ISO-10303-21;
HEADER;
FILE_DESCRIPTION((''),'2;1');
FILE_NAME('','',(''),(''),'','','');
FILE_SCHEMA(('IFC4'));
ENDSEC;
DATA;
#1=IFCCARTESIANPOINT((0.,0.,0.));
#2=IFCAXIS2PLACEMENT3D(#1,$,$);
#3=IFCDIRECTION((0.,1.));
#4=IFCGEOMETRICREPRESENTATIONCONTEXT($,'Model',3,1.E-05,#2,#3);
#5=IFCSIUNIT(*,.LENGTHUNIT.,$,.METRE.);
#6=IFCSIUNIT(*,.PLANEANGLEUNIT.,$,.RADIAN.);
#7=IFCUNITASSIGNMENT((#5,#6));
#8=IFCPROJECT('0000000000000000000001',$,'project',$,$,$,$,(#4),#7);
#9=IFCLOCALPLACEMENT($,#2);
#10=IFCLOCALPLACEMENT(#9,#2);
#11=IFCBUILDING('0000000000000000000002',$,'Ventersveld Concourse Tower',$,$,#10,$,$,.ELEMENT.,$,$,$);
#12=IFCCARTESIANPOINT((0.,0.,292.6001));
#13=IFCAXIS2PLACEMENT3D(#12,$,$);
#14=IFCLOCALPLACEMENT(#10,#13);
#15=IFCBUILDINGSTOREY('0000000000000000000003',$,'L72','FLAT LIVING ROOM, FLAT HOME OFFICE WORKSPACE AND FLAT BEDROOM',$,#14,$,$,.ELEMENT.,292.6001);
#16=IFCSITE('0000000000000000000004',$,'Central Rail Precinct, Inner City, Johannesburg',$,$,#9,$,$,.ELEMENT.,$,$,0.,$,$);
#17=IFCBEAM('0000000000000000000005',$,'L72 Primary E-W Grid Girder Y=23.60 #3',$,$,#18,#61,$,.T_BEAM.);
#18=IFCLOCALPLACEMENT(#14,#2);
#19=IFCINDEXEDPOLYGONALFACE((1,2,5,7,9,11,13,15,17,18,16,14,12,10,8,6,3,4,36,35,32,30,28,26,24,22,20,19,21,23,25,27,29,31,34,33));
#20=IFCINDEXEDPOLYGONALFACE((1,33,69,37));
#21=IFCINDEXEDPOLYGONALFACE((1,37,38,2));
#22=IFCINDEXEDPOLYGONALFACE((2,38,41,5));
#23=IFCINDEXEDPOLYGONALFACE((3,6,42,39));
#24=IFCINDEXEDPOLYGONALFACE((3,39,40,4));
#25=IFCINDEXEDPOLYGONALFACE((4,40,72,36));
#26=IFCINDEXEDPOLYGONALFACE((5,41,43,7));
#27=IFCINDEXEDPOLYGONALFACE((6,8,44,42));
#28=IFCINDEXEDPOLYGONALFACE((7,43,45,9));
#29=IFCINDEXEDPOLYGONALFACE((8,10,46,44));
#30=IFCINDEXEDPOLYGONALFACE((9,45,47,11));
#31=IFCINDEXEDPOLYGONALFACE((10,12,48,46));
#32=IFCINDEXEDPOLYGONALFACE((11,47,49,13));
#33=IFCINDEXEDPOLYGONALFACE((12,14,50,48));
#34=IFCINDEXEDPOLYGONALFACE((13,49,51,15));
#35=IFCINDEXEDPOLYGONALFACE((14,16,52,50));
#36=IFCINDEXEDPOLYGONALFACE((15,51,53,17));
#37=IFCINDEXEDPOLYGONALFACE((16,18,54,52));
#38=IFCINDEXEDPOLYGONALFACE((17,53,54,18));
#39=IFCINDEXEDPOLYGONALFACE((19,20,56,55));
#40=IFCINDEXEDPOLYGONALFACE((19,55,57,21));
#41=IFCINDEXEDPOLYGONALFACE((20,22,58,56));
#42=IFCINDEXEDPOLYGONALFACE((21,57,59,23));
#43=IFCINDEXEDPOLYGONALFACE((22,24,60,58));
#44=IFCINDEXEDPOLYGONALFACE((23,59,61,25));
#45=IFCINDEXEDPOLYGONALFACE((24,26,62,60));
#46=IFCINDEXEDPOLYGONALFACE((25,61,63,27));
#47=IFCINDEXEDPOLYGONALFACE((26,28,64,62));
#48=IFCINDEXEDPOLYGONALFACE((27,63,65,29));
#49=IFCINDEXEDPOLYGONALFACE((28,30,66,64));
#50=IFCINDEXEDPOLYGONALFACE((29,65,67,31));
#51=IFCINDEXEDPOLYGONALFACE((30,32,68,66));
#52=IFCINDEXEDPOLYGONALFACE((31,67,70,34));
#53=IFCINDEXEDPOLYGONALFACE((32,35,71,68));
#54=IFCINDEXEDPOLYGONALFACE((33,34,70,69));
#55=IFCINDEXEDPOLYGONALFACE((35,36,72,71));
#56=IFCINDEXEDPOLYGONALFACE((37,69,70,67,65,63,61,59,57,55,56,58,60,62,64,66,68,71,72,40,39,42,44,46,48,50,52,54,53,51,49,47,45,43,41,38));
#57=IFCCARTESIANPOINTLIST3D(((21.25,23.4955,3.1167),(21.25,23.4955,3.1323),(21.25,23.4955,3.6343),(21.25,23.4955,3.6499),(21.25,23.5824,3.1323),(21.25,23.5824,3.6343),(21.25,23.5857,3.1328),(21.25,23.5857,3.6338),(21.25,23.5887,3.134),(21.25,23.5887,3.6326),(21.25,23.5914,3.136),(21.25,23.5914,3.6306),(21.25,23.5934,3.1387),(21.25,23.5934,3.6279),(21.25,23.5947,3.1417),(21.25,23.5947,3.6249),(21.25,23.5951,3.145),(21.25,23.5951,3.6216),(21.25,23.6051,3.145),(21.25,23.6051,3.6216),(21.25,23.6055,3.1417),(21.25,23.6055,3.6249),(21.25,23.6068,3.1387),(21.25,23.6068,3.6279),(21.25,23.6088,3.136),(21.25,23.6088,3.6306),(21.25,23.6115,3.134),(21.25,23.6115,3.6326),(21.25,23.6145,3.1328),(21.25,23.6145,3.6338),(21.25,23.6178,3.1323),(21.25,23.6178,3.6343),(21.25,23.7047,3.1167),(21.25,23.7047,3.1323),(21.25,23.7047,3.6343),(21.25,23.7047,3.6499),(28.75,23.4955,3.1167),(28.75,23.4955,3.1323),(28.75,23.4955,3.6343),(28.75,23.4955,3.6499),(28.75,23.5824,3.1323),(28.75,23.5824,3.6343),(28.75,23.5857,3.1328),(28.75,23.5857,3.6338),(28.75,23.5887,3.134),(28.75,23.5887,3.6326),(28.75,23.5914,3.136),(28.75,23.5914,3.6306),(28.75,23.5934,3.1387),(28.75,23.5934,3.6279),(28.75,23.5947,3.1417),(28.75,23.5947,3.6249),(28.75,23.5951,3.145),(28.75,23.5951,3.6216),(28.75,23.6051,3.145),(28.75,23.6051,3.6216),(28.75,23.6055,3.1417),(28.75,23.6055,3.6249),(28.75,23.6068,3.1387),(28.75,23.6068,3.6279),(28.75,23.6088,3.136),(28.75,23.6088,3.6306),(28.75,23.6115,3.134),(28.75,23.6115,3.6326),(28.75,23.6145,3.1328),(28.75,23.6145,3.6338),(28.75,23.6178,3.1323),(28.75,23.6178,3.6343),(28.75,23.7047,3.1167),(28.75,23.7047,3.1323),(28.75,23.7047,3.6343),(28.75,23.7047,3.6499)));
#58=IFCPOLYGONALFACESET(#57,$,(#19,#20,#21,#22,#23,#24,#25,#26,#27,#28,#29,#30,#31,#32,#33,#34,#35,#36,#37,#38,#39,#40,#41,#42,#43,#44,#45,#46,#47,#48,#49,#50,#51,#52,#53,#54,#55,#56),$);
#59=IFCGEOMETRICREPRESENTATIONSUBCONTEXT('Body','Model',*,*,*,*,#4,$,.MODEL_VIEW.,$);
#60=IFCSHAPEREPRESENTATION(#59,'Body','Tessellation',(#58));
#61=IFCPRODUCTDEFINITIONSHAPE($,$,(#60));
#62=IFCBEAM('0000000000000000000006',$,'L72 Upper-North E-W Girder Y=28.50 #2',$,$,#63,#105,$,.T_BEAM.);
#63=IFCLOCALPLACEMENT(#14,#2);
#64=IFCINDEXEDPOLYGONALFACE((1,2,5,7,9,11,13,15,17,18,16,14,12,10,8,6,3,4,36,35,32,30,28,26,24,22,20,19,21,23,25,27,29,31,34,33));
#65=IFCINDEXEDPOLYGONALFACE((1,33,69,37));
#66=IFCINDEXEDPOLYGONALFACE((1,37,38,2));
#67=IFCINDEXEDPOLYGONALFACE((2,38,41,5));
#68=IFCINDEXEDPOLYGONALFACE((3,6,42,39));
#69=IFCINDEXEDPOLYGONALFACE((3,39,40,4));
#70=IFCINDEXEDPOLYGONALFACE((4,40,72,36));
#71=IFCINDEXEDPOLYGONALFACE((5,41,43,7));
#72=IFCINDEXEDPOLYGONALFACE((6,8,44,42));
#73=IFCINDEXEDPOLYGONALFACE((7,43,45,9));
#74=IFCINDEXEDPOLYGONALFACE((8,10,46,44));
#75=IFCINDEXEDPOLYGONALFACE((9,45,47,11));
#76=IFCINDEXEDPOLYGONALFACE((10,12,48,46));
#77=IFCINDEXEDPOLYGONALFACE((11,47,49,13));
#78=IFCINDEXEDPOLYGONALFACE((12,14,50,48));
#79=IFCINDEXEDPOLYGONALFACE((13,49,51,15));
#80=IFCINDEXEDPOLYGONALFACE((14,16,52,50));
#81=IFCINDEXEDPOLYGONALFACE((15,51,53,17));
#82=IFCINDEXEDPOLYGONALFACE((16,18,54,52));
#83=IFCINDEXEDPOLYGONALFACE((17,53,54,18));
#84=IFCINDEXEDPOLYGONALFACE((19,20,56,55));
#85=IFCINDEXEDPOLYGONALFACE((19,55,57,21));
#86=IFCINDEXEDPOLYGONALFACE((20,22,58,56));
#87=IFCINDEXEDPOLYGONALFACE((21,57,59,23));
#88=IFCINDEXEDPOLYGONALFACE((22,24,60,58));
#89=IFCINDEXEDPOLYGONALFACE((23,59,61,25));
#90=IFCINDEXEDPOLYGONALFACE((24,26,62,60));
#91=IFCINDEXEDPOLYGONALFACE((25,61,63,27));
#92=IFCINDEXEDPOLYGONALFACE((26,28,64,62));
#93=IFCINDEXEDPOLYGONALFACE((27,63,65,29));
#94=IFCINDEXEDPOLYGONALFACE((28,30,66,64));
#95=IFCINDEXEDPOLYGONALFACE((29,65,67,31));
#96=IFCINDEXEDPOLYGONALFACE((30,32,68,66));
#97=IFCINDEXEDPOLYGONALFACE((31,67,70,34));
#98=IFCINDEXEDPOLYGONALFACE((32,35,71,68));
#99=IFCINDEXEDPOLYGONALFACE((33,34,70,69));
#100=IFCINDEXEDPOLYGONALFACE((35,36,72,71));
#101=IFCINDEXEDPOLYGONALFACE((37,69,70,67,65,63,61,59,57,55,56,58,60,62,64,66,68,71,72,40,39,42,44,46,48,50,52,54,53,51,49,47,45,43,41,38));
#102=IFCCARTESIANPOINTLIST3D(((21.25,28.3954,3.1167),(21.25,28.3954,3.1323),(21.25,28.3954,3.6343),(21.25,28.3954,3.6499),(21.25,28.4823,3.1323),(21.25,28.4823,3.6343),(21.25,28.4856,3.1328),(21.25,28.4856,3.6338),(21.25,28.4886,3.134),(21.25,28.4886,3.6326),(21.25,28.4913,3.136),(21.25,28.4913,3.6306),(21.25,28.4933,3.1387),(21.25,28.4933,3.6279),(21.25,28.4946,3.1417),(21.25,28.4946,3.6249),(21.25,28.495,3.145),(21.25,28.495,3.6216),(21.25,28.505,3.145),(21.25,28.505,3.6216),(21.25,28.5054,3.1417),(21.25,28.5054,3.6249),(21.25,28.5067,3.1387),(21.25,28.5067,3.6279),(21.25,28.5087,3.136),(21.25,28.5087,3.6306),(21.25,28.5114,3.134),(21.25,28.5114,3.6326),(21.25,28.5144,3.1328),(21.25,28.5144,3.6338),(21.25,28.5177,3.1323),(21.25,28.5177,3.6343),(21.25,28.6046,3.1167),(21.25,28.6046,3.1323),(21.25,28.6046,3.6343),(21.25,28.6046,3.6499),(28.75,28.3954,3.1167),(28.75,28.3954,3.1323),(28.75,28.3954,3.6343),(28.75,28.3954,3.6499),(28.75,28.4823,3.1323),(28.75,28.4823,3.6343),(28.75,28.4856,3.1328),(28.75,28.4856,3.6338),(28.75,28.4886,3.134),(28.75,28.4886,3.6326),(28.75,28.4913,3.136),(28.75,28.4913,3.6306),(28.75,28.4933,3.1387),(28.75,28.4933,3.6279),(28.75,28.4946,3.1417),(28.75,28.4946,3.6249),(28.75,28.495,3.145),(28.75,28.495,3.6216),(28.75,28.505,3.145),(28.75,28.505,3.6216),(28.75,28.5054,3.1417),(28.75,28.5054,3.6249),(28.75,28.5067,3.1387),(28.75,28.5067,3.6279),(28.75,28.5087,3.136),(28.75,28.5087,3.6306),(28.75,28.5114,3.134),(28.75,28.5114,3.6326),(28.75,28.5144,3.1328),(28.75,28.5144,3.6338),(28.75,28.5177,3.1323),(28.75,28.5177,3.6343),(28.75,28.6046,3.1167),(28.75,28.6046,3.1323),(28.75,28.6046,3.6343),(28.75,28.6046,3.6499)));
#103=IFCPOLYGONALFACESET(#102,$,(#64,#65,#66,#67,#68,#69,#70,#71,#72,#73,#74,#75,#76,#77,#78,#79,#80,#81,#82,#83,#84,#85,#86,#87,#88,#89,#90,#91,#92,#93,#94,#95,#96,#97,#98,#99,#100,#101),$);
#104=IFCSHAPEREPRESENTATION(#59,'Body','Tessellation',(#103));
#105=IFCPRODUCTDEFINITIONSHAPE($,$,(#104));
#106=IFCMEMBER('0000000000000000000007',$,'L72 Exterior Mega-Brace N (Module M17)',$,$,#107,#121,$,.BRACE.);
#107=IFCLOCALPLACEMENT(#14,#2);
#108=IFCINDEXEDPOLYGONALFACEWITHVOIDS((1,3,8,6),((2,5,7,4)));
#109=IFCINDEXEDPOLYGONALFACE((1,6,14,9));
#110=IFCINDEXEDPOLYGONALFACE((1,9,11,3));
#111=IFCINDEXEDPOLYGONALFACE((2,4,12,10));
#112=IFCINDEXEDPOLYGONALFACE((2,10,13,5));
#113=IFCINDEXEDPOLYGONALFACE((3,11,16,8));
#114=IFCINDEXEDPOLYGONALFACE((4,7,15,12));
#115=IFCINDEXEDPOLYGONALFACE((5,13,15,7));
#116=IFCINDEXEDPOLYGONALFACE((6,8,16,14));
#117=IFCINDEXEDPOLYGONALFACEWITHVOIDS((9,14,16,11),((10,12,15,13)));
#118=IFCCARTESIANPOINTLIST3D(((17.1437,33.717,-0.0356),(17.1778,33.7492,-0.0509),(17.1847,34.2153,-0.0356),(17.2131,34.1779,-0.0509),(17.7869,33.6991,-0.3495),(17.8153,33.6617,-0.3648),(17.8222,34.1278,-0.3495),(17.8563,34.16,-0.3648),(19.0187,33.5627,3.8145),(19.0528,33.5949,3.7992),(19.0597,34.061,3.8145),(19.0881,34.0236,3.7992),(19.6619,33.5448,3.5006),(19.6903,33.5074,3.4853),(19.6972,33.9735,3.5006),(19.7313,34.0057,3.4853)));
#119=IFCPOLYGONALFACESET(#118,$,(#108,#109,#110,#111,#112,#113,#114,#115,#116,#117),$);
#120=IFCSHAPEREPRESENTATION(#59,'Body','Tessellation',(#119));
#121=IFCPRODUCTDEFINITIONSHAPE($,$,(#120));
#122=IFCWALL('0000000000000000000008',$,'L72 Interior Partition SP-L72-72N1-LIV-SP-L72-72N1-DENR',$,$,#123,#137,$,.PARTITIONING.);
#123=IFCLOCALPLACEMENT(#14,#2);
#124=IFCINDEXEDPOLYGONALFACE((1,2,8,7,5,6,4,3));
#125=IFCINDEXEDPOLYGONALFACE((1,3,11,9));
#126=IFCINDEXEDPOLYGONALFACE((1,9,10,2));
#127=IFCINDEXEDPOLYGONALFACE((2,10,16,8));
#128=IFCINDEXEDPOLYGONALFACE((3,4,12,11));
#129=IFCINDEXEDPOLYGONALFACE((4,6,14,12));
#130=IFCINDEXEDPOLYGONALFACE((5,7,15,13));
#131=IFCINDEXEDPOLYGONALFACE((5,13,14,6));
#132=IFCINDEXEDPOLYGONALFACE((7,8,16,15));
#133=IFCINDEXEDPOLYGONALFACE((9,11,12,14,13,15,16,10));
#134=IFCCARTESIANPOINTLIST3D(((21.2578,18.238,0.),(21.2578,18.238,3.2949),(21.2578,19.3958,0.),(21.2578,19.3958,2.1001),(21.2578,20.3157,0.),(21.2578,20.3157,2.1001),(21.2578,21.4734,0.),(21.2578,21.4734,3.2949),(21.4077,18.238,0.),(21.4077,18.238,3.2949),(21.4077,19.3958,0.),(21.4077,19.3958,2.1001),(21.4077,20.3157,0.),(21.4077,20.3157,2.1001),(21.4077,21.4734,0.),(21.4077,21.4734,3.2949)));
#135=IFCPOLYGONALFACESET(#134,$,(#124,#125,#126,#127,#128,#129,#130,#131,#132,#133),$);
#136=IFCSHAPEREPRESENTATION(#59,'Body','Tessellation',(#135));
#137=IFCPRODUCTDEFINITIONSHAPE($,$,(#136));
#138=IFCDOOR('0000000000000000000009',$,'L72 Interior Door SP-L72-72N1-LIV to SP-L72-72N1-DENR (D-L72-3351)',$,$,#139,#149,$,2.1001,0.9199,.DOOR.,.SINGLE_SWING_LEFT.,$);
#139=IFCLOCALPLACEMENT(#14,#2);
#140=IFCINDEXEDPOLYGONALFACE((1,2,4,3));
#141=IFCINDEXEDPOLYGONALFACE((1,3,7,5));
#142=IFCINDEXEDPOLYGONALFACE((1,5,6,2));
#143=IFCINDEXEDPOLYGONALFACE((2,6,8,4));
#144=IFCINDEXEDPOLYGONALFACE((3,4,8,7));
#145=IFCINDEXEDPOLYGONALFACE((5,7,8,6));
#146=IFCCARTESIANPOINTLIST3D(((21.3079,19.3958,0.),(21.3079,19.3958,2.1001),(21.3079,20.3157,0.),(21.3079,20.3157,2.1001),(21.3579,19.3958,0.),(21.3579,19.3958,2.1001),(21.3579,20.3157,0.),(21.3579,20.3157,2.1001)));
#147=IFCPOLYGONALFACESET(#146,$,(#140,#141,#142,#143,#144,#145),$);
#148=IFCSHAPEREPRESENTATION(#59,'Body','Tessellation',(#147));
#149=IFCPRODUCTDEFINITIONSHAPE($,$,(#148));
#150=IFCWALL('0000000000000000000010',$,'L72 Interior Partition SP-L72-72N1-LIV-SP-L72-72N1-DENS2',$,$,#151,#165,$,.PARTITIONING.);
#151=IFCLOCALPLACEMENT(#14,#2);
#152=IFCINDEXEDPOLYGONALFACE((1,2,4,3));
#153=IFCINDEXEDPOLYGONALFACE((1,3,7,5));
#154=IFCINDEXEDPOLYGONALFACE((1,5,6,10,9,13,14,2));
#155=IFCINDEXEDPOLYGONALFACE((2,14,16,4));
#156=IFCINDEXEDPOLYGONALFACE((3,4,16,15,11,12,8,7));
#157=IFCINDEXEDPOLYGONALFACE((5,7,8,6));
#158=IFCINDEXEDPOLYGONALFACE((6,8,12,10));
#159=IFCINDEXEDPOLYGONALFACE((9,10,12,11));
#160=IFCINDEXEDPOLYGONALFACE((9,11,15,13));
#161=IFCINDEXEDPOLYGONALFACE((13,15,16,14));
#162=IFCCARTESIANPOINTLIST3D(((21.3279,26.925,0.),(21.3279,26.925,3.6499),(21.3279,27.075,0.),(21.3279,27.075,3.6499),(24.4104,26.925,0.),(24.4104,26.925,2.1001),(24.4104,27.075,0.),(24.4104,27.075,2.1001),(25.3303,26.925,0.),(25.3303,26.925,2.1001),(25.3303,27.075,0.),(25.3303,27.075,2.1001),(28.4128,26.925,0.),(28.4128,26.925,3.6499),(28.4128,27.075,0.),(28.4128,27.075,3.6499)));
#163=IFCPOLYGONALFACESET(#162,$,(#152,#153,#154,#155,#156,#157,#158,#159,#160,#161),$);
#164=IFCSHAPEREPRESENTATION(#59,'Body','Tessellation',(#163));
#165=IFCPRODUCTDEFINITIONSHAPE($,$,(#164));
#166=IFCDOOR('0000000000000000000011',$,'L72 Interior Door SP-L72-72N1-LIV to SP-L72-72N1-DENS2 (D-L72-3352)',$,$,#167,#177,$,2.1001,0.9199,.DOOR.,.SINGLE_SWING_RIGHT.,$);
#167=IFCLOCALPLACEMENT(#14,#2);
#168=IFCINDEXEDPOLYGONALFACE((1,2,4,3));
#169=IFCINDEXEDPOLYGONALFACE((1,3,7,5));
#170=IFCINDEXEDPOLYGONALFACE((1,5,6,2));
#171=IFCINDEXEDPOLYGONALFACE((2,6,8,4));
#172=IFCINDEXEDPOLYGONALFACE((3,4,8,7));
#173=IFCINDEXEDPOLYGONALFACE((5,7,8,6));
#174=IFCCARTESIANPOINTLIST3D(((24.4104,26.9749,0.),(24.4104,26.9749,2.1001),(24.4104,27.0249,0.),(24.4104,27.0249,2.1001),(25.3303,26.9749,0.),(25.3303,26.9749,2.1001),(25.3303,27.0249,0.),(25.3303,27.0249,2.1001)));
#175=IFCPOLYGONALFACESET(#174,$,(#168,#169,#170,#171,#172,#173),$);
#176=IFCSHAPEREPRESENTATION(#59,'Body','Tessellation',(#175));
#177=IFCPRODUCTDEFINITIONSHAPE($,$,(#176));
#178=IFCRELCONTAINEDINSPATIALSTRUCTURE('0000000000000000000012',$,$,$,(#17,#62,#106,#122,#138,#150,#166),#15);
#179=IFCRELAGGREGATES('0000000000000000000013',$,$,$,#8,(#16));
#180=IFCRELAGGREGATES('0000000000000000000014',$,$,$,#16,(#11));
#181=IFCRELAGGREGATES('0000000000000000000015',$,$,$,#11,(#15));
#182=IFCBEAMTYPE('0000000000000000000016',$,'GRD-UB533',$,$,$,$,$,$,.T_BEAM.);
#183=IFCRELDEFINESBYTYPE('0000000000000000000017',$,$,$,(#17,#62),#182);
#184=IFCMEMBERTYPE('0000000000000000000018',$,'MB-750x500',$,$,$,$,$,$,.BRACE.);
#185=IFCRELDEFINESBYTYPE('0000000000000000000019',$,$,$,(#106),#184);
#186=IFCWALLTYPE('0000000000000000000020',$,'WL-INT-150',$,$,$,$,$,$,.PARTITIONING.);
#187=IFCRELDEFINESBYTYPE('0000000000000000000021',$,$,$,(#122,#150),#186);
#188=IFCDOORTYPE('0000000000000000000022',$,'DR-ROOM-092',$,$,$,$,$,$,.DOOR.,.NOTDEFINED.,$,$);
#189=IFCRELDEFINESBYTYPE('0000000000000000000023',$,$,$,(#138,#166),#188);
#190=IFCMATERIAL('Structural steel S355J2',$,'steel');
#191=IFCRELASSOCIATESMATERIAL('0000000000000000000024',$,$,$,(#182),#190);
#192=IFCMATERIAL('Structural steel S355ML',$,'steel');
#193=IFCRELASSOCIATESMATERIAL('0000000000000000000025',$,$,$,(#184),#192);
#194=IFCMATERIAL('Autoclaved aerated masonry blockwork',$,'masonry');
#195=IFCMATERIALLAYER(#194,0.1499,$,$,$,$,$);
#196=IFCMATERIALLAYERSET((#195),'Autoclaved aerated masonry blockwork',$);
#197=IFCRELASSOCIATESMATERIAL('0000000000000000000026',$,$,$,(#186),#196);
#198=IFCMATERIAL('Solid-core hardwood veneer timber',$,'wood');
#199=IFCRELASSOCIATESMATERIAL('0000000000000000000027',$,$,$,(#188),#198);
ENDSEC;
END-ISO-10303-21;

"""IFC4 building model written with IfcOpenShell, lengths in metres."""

from ifc_helpers import new_model, si_unit, direction, frame, frame_2d, origin, origin_2d, place, context, subcontext, project, spatial, rectangle, hollow_rectangle, i_section, extrude, material, layer, layer_set, material_profile, profile_set, type_object, element, fill, save


model = new_model("IFC4")

# Units and contexts
model_context = context("Model", 3, precision=1e-05, world=origin(), true_north=direction((0.0, 1.0)))
body_context = subcontext(model_context, "Body", "Model", "MODEL_VIEW")
ifc_project = project(units=[si_unit("LENGTHUNIT", "METRE"), si_unit("PLANEANGLEUNIT", "RADIAN")], contexts=[model_context])

# Site, building, storey
site_placement = place(None, origin())
site = spatial("IfcSite", under=ifc_project, at=site_placement, Name="Central Rail Precinct, Inner City, Johannesburg", CompositionType="ELEMENT", RefElevation=0.0)
building_placement = place(site_placement, origin())
building = spatial("IfcBuilding", under=site, at=building_placement, Name="Ventersveld Concourse Tower", CompositionType="ELEMENT")
storey_placement = place(building_placement, frame((0.0, 0.0, 292.6001)))
storey = spatial("IfcBuildingStorey", under=building, at=storey_placement, Name="L72", Description="FLAT LIVING ROOM, FLAT HOME OFFICE WORKSPACE AND FLAT BEDROOM", CompositionType="ELEMENT", Elevation=292.6001)

# Beams
ifc_material_1 = material(Name="Structural steel S355J2", Category="steel")
ifc_material_profile_1 = material_profile(ifc_material_1, i_section(OverallWidth=0.2092, OverallDepth=0.5332, WebThickness=0.01, FlangeThickness=0.0156, FilletRadius=0.0127, at=origin_2d()), Name="UB 533x210x92")
ifc_profile_set_1 = profile_set([ifc_material_profile_1], Name="Structural steel S355J2")
beam_type_1 = type_object("IfcBeamType", Name="GRD-UB533", PredefinedType="T_BEAM", material=ifc_profile_set_1)
for number, where, z_axis, x_axis, name in (
    (1, (21.25, 23.6001, 3.3833), (1.0, 0.0, 0.0), (0.0, 1.0, 0.0), "L72 Primary E-W Grid Girder Y=23.60 #3"),
    (2, (21.25, 28.5, 3.3833), (1.0, 0.0, 0.0), (0.0, 1.0, 0.0), "L72 Upper-North E-W Girder Y=28.50 #2"),
):
    element("IfcBeam", number, at=place(storey_placement, frame(where, z_axis=z_axis, x_axis=x_axis)), inside=storey, type_object=beam_type_1, Name=name, PredefinedType="T_BEAM", context=body_context, shape_type="SweptSolid", body=[
        extrude(i_section(OverallWidth=0.2092, OverallDepth=0.5332, WebThickness=0.01, FlangeThickness=0.0156, FilletRadius=0.0127, at=origin_2d()), origin(), (0.0, 0.0, 1.0), 7.5),
    ])

# Member
ifc_material_2 = material(Name="Structural steel S355ML", Category="steel")
ifc_material_profile_2 = material_profile(ifc_material_2, hollow_rectangle(XDim=0.5, YDim=0.75, WallThickness=0.0349, at=origin_2d()), Name="BOX 750x500x35")
ifc_profile_set_2 = profile_set([ifc_material_profile_2], Name="Structural steel S355ML")
member_type = type_object("IfcMemberType", Name="MB-750x500", PredefinedType="BRACE", material=ifc_profile_set_2)
member_placement = place(storey_placement, frame((17.5, 33.9385, -0.2002), z_axis=(0.437556, -0.036007, 0.89847), x_axis=(0.082014, 0.996631, 0.0)))
element("IfcMember", 3, at=member_placement, inside=storey, type_object=member_type, Name="L72 Exterior Mega-Brace N (Module M17)", PredefinedType="BRACE", context=body_context, shape_type="SweptSolid", body=[
    extrude(hollow_rectangle(XDim=0.5, YDim=0.75, WallThickness=0.0349, at=origin_2d()), origin(), (0.0, 0.0, 1.0), 4.2852),
])

# Walls, openings, doors
ifc_material_3 = material(Name="Autoclaved aerated masonry blockwork", Category="masonry")
ifc_layer = layer(ifc_material_3, 0.1499)
ifc_layer_set = layer_set([ifc_layer], Name="Autoclaved aerated masonry blockwork")
wall_type = type_object("IfcWallType", Name="WL-INT-150", PredefinedType="PARTITIONING", material=ifc_layer_set)
wall_1_placement = place(storey_placement, frame((21.3328, 18.238, 0.0), z_axis=(0.0, 0.0, 1.0), x_axis=(0.0, 1.0, 0.0)))
wall_1 = element("IfcWall", 4, at=wall_1_placement, inside=storey, type_object=wall_type, Name="L72 Interior Partition SP-L72-72N1-LIV-SP-L72-72N1-DENR", PredefinedType="PARTITIONING", context=body_context, shape_type="SweptSolid", body=[
    extrude(rectangle(XDim=3.2354, YDim=0.1499, at=frame_2d((1.6177, 0.0))), origin(), (0.0, 0.0, 1.0), 3.2949),
])
opening_1_placement = place(wall_1_placement, frame((1.1577, 0.0, 0.0)))
opening_1 = element("IfcOpeningElement", 5, at=opening_1_placement, cuts=wall_1, PredefinedType="OPENING", context=body_context, shape_type="SweptSolid", body=[
    extrude(rectangle(XDim=0.9199, YDim=2.1001, at=frame_2d((0.46, 1.05))), frame((0.0, 0.085, 0.0), z_axis=(0.0, -1.0, 0.0), x_axis=(1.0, 0.0, 0.0)), (0.0, 0.0, 1.0), 0.1699),
])
ifc_material_4 = material(Name="Solid-core hardwood veneer timber", Category="wood")
door_type = type_object("IfcDoorType", Name="DR-ROOM-092", OperationType="NOTDEFINED", PredefinedType="DOOR", material=ifc_material_4)
door_1_placement = place(opening_1_placement, origin())
door_1 = element("IfcDoor", 6, at=door_1_placement, inside=storey, type_object=door_type, Name="L72 Interior Door SP-L72-72N1-LIV to SP-L72-72N1-DENR (D-L72-3351)", OperationType="SINGLE_SWING_LEFT", OverallHeight=2.1001, OverallWidth=0.9199, PredefinedType="DOOR", context=body_context, shape_type="SweptSolid", body=[
    extrude(rectangle(XDim=0.9199, YDim=2.1001, at=frame_2d((0.46, 1.05))), frame((0.0, 0.0249, 0.0), z_axis=(0.0, -1.0, 0.0), x_axis=(1.0, 0.0, 0.0)), (0.0, 0.0, 1.0), 0.05),
])
fill(opening_1, door_1)
wall_2_placement = place(storey_placement, frame((21.3279, 27.0, 0.0), z_axis=(0.0, 0.0, 1.0), x_axis=(1.0, 0.0, 0.0)))
wall_2 = element("IfcWall", 7, at=wall_2_placement, inside=storey, type_object=wall_type, Name="L72 Interior Partition SP-L72-72N1-LIV-SP-L72-72N1-DENS2", PredefinedType="PARTITIONING", context=body_context, shape_type="SweptSolid", body=[
    extrude(rectangle(XDim=7.085, YDim=0.1499, at=frame_2d((3.5425, 0.0))), origin(), (0.0, 0.0, 1.0), 3.6499),
])
opening_2_placement = place(wall_2_placement, frame((3.0825, 0.0, 0.0)))
opening_2 = element("IfcOpeningElement", 8, at=opening_2_placement, cuts=wall_2, PredefinedType="OPENING", context=body_context, shape_type="SweptSolid", body=[
    extrude(rectangle(XDim=0.9199, YDim=2.1001, at=frame_2d((0.46, 1.05))), frame((0.0, 0.085, 0.0), z_axis=(0.0, -1.0, 0.0), x_axis=(1.0, 0.0, 0.0)), (0.0, 0.0, 1.0), 0.1699),
])
door_2_placement = place(opening_2_placement, origin())
door_2 = element("IfcDoor", 9, at=door_2_placement, inside=storey, type_object=door_type, Name="L72 Interior Door SP-L72-72N1-LIV to SP-L72-72N1-DENS2 (D-L72-3352)", OperationType="SINGLE_SWING_RIGHT", OverallHeight=2.1001, OverallWidth=0.9199, PredefinedType="DOOR", context=body_context, shape_type="SweptSolid", body=[
    extrude(rectangle(XDim=0.9199, YDim=2.1001, at=frame_2d((0.46, 1.05))), frame((0.0, 0.0249, 0.0), z_axis=(0.0, -1.0, 0.0), x_axis=(1.0, 0.0, 0.0)), (0.0, 0.0, 1.0), 0.05),
])
fill(opening_2, door_2)

save(model, "model.ifc")
